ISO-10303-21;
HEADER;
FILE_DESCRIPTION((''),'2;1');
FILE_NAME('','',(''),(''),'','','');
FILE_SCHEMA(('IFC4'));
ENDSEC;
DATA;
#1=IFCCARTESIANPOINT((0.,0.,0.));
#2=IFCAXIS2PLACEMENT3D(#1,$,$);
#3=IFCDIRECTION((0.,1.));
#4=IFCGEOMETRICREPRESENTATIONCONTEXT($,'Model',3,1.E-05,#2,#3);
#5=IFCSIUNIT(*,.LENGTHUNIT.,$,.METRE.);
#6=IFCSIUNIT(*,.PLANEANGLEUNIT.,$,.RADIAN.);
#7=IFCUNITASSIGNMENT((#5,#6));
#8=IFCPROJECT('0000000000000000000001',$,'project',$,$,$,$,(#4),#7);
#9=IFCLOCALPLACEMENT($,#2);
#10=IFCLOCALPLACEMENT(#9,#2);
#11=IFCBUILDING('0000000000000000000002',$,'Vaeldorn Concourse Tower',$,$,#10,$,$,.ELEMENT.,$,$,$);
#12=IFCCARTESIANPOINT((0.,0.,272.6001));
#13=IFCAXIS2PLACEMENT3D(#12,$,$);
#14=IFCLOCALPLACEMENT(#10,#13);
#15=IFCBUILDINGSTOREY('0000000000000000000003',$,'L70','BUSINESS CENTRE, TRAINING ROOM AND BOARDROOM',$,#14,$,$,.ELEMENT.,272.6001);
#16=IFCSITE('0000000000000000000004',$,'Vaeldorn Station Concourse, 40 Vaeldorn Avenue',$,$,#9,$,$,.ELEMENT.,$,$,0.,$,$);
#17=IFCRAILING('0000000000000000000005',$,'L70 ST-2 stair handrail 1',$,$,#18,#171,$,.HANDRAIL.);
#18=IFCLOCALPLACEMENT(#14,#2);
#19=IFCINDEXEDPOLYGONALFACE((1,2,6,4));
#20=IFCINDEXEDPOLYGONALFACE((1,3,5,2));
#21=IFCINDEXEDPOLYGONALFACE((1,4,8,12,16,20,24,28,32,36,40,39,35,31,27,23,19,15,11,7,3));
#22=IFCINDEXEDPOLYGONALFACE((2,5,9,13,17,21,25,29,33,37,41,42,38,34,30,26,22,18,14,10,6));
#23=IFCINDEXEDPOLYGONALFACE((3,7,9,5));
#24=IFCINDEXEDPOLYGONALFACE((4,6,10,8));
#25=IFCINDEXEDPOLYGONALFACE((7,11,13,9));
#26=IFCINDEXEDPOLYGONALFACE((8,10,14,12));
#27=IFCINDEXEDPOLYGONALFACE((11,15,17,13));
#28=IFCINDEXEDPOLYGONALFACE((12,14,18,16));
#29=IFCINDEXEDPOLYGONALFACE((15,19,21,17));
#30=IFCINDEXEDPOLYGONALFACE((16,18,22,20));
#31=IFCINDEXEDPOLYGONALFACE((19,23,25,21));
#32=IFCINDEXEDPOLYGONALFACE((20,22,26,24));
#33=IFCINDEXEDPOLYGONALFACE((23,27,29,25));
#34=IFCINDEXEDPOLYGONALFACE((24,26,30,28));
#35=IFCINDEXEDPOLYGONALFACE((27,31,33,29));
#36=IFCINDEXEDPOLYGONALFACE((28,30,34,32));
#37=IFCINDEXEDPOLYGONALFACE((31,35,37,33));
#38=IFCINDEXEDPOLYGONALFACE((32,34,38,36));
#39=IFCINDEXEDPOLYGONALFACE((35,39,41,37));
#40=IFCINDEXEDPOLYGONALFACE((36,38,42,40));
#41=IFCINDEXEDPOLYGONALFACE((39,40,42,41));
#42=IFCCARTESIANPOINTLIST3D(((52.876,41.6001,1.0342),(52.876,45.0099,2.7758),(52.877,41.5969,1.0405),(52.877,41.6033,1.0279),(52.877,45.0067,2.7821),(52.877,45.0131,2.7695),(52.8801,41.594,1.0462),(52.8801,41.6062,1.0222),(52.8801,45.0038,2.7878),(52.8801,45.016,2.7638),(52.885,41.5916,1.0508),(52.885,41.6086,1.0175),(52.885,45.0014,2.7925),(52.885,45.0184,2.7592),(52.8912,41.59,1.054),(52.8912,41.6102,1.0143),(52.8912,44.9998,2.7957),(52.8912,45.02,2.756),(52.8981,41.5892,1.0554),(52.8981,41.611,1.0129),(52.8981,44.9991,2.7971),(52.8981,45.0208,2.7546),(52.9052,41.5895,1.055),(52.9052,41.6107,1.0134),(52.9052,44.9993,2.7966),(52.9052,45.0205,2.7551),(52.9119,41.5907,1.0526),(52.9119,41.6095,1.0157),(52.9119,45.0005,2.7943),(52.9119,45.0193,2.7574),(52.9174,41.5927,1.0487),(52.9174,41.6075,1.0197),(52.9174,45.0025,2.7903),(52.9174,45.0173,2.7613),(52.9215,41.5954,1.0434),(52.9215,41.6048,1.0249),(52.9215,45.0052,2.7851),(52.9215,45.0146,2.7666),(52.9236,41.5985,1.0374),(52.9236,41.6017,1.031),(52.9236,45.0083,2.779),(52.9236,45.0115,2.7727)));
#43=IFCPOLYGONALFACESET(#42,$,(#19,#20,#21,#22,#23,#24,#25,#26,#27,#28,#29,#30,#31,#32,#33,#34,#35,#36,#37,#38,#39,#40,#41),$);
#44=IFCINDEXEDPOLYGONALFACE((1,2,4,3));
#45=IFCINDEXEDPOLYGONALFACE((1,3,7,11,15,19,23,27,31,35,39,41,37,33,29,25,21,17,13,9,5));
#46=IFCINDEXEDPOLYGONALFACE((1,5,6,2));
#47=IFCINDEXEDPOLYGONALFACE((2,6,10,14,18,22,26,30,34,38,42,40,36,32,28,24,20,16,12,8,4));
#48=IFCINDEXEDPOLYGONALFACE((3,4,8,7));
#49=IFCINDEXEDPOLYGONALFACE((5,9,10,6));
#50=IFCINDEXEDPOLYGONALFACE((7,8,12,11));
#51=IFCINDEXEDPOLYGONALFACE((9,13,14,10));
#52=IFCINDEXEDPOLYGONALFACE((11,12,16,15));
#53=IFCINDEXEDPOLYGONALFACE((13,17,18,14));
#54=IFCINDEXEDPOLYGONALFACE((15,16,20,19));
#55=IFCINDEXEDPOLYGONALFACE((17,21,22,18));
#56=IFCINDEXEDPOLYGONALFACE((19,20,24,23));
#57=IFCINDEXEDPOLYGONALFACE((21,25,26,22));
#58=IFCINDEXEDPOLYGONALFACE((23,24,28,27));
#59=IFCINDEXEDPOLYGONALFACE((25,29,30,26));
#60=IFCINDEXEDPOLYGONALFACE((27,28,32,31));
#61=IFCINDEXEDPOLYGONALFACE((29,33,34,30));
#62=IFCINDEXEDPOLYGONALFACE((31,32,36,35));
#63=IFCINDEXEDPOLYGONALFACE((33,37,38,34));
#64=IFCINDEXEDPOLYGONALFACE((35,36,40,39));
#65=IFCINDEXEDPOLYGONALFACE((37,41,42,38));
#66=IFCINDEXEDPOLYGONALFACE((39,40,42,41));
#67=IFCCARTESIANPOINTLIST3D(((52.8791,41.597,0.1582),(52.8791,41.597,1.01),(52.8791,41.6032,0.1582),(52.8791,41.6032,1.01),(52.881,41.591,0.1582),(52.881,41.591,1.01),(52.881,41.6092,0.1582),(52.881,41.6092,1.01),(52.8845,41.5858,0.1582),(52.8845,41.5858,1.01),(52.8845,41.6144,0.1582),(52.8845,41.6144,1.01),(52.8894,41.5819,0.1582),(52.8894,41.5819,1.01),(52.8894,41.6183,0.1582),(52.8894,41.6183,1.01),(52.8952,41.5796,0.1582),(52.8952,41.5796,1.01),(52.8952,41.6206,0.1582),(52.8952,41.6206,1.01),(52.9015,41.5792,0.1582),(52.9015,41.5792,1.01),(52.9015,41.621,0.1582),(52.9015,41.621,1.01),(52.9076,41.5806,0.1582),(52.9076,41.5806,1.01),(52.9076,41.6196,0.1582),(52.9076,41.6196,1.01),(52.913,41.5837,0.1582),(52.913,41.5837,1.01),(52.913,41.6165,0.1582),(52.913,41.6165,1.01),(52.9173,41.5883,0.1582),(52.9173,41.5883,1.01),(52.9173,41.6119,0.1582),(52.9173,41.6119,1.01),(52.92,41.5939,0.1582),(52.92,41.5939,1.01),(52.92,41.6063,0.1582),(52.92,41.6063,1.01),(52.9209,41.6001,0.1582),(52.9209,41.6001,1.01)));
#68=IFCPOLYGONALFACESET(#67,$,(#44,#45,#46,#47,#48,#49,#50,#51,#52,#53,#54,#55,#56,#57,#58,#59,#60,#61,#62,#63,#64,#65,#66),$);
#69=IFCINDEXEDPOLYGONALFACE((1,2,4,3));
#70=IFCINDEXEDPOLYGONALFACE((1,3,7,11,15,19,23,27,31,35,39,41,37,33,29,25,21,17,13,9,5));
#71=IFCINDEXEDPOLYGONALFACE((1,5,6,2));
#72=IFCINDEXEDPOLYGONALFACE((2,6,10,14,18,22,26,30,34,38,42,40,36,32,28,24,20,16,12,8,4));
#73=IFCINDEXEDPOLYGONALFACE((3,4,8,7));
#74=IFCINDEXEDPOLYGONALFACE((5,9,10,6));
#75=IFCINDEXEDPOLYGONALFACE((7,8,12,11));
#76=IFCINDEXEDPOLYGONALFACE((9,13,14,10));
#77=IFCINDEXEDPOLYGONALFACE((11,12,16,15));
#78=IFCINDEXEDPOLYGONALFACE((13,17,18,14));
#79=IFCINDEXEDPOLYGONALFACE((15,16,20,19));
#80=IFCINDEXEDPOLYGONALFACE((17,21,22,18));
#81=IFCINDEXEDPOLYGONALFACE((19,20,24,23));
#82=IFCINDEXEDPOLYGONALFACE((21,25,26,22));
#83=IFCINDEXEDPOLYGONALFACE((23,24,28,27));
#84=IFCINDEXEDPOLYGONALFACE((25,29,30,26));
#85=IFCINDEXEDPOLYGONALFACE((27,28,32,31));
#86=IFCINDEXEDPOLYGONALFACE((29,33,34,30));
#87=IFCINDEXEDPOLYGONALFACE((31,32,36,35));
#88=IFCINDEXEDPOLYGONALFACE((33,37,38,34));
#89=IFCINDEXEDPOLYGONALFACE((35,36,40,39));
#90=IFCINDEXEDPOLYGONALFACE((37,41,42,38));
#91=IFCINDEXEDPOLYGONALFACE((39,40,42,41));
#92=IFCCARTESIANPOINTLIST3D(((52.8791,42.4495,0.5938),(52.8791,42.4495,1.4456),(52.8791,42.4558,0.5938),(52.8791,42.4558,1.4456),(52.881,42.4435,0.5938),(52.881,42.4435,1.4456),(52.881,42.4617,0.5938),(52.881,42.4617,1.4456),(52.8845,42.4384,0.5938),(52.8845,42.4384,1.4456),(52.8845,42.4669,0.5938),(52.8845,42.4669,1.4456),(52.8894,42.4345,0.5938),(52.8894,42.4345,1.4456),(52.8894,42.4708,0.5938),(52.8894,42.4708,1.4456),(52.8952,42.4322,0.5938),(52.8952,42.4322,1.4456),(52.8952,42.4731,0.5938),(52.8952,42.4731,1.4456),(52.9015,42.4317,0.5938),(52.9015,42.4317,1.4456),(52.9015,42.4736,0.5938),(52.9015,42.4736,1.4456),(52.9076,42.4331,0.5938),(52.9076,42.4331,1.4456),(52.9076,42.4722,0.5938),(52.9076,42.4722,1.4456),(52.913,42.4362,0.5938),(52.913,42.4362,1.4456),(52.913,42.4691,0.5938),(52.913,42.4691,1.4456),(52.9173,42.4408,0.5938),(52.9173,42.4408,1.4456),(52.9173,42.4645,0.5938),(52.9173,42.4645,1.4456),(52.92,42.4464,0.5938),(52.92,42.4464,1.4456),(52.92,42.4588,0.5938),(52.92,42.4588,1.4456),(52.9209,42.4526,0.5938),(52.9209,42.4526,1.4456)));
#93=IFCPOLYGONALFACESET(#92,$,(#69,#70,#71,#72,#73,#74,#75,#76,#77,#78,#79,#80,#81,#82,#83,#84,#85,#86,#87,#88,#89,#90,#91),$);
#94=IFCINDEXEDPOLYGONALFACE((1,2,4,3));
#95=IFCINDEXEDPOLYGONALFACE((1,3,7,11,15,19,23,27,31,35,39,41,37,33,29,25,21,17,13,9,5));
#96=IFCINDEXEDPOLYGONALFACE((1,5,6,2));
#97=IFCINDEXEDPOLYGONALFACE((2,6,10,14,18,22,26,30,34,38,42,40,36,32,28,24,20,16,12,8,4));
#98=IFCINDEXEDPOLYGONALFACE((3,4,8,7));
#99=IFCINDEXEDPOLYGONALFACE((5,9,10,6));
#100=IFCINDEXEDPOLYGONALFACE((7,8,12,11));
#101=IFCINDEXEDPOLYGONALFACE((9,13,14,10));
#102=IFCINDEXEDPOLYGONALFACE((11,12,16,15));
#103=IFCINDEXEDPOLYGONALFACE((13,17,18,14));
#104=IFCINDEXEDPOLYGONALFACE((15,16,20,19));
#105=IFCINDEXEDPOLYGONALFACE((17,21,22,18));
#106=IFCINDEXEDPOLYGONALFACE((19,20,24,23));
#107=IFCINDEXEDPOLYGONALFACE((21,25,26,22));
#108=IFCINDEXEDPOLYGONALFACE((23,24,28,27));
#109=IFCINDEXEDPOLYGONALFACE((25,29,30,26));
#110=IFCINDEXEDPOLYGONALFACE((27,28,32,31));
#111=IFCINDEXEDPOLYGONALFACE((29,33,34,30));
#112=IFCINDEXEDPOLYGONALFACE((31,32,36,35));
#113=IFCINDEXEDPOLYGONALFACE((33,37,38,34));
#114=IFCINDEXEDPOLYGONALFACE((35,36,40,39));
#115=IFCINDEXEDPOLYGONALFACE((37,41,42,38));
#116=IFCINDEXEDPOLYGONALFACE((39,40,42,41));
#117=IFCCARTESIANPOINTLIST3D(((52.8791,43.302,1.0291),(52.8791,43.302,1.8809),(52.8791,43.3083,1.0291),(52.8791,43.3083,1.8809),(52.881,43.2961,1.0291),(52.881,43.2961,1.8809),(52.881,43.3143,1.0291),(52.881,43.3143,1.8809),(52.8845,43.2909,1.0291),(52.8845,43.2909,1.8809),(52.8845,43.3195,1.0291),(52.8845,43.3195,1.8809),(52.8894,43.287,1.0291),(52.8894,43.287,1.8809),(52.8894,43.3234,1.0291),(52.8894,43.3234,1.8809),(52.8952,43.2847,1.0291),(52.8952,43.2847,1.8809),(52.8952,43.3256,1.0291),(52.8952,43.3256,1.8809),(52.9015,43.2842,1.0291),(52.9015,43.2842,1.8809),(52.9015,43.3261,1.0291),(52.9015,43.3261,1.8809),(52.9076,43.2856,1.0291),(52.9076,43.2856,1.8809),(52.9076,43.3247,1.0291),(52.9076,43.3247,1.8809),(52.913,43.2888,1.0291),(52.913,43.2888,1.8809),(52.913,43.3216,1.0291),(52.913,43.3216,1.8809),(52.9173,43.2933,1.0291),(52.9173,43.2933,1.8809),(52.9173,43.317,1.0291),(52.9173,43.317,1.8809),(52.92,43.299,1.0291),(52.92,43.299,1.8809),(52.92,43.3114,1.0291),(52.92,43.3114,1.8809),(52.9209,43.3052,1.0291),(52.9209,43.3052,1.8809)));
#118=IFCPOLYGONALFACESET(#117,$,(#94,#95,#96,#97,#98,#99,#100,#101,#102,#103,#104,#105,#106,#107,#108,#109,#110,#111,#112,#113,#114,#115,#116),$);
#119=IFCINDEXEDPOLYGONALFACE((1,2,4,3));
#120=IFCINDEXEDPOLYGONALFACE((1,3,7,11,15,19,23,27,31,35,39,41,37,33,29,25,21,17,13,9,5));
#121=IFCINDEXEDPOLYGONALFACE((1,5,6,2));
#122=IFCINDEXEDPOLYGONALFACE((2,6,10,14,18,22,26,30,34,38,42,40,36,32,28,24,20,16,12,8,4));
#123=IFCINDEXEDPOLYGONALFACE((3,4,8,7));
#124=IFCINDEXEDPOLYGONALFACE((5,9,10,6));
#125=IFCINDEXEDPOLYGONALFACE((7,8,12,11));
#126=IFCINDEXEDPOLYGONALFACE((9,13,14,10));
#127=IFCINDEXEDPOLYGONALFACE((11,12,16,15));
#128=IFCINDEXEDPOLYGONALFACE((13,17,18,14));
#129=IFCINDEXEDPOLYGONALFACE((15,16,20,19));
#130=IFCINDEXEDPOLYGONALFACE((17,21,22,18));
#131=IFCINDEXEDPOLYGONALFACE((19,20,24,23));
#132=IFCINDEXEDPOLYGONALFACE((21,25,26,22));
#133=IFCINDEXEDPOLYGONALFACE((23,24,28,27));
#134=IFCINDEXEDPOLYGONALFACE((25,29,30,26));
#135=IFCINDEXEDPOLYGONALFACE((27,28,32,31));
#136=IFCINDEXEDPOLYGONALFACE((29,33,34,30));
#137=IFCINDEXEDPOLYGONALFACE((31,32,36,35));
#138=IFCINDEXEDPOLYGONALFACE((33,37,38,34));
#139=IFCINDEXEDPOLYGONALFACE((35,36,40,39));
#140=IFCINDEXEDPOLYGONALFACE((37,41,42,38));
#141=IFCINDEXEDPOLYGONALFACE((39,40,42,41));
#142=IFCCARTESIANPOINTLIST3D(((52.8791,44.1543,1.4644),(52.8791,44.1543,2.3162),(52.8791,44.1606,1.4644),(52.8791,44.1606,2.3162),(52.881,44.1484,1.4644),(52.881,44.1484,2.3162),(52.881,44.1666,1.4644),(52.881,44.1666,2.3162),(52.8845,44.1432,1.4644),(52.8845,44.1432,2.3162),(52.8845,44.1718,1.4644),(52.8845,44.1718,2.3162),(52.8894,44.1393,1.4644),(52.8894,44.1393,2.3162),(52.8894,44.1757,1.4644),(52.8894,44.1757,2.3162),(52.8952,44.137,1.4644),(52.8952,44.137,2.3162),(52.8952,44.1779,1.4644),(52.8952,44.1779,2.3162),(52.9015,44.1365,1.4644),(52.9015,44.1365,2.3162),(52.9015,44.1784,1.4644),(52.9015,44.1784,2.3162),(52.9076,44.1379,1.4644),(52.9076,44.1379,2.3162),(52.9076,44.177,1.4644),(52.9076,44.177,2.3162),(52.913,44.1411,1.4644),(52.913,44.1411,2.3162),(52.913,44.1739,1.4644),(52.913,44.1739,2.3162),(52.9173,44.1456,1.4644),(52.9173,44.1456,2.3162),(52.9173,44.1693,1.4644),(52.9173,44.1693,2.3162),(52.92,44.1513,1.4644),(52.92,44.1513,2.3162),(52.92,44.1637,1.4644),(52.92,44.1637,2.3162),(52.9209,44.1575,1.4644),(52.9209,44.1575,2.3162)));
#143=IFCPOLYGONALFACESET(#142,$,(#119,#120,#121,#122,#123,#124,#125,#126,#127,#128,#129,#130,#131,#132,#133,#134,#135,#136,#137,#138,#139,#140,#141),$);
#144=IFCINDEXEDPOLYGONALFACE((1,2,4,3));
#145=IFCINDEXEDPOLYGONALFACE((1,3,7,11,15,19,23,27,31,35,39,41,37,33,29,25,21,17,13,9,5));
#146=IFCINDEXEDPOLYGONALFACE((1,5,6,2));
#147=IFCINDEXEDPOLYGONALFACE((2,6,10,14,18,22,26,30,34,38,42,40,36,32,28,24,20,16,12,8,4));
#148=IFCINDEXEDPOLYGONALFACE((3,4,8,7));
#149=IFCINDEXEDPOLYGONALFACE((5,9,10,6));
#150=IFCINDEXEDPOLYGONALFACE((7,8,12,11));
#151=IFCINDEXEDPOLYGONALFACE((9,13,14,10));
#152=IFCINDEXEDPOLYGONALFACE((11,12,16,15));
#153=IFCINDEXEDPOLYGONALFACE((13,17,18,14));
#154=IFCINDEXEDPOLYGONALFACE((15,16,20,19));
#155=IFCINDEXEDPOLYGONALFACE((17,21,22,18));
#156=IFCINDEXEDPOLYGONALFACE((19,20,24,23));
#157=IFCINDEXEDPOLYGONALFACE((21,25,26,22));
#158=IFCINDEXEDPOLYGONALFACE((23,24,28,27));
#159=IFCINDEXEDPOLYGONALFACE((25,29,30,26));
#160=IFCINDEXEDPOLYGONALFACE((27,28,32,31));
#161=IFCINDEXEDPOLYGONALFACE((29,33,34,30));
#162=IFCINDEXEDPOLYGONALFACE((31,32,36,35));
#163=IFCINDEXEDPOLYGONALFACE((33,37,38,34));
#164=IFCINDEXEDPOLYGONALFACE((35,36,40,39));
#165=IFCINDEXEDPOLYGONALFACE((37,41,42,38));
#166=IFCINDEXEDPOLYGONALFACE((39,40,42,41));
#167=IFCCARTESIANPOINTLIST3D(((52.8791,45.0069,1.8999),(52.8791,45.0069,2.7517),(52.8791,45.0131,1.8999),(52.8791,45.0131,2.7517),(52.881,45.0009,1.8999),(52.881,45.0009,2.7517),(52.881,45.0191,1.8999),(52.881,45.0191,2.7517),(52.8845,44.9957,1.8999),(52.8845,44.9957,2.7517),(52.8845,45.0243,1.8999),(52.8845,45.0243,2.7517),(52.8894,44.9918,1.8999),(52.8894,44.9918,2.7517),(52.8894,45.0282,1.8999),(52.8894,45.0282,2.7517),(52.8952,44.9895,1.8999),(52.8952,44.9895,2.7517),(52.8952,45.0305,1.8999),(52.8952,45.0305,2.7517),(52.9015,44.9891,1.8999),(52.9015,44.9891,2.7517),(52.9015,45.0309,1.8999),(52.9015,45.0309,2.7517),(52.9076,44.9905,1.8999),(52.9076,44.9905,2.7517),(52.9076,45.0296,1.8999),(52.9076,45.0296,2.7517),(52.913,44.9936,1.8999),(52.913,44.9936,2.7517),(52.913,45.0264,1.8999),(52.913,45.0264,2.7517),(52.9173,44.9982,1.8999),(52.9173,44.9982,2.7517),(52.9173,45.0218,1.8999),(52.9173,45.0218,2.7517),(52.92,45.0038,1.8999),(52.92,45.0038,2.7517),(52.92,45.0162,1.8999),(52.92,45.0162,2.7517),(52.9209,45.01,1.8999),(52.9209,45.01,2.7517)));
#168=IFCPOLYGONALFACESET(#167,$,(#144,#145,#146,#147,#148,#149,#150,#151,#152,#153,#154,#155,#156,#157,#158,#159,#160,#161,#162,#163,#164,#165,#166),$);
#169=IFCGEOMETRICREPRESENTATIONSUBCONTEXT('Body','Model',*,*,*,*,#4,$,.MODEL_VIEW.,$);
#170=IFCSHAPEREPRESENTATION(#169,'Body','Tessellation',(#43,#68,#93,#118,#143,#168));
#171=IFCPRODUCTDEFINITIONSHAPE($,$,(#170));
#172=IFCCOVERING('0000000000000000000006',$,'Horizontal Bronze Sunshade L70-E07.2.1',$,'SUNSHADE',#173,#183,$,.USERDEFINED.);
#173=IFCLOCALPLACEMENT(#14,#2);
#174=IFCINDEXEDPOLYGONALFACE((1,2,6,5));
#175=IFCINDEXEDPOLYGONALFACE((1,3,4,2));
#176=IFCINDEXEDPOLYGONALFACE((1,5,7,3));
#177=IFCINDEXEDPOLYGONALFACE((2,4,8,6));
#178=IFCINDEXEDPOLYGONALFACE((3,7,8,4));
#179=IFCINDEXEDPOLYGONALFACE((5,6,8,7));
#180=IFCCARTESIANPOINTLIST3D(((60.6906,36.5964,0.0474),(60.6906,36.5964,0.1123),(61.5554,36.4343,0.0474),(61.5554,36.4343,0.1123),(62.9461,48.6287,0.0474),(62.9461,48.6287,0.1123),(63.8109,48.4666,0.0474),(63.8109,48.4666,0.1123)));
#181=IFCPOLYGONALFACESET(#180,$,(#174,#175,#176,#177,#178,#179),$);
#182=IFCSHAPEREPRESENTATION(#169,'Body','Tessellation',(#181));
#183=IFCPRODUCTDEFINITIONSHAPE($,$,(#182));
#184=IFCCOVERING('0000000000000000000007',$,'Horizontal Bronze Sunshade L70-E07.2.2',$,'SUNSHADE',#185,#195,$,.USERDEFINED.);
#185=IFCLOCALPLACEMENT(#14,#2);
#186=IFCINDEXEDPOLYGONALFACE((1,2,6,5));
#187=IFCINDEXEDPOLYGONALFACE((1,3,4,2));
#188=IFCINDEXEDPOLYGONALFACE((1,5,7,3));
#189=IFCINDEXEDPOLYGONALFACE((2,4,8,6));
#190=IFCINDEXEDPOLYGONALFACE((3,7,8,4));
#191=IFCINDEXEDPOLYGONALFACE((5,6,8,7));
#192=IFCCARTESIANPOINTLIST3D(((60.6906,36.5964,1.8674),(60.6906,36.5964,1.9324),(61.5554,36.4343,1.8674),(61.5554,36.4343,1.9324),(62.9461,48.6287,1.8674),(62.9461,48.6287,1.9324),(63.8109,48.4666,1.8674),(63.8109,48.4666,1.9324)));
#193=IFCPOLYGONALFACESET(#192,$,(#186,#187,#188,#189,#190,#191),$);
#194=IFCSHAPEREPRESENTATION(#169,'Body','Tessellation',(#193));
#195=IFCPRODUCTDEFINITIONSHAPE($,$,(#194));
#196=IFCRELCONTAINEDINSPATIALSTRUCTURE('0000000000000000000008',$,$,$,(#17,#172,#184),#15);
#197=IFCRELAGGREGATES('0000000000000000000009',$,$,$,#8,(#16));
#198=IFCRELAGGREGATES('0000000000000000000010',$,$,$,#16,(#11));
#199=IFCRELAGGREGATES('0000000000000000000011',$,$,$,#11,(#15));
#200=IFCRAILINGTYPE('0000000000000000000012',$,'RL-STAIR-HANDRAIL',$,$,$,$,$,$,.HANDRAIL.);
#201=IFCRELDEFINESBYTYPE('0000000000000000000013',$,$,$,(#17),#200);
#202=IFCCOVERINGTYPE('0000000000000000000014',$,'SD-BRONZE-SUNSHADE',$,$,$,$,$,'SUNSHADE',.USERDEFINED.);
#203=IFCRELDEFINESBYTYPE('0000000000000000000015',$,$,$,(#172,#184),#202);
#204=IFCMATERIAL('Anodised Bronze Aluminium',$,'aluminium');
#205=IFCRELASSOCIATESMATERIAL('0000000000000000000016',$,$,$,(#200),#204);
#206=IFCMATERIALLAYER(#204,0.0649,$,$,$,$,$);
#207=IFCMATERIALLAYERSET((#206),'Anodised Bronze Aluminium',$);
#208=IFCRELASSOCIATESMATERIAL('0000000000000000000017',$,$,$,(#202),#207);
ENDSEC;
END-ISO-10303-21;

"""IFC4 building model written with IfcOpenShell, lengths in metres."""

from ifc_helpers import new_model, si_unit, direction, frame, origin, origin_2d, place, context, subcontext, project, spatial, rectangle, circle, extrude, source, transform, mapped, material, layer, layer_set, type_object, element, save


model = new_model("IFC4")

# Units and contexts
model_context = context("Model", 3, precision=1e-05, world=origin(), true_north=direction((0.0, 1.0)))
body_context = subcontext(model_context, "Body", "Model", "MODEL_VIEW")
ifc_project = project(units=[si_unit("LENGTHUNIT", "METRE"), si_unit("PLANEANGLEUNIT", "RADIAN")], contexts=[model_context])

# Site, building, storey
site_placement = place(None, origin())
site = spatial("IfcSite", under=ifc_project, at=site_placement, Name="Vaeldorn Station Concourse, 40 Vaeldorn Avenue", CompositionType="ELEMENT", RefElevation=0.0)
building_placement = place(site_placement, origin())
building = spatial("IfcBuilding", under=site, at=building_placement, Name="Vaeldorn Concourse Tower", CompositionType="ELEMENT")
storey_placement = place(building_placement, frame((0.0, 0.0, 272.6001)))
storey = spatial("IfcBuildingStorey", under=building, at=storey_placement, Name="L70", Description="BUSINESS CENTRE, TRAINING ROOM AND BOARDROOM", CompositionType="ELEMENT", Elevation=272.6001)

# Shared definitions
ifc_material_1 = material(Name="Anodised Bronze Aluminium", Category="aluminium")

# Railing
railing_type_1 = type_object("IfcRailingType", Name="RL-STAIR-HANDRAIL", PredefinedType="HANDRAIL", material=ifc_material_1)
railing_1_placement = place(storey_placement, frame((52.8999, 41.6001, 0.1582)))
element("IfcRailing", 1, at=railing_1_placement, inside=storey, type_object=railing_type_1, Name="L70 ST-2 stair handrail 1", PredefinedType="HANDRAIL", context=body_context, shape_type="SweptSolid", body=[
    extrude(circle(Radius=0.0239, at=origin_2d()), frame((0.0, 0.0, 0.876), z_axis=(0.0, 0.890556, 0.454874), x_axis=(-1.0, 0.0, 0.0)), (0.0, 0.0, 1.0), 3.8289),
    extrude(circle(Radius=0.021, at=origin_2d()), origin(), (0.0, 0.0, 1.0), 0.8518),
    extrude(circle(Radius=0.021, at=origin_2d()), frame((0.0, 0.8525, 0.4355)), (0.0, 0.0, 1.0), 0.8518),
    extrude(circle(Radius=0.021, at=origin_2d()), frame((0.0, 1.7051, 0.8708)), (0.0, 0.0, 1.0), 0.8518),
    extrude(circle(Radius=0.021, at=origin_2d()), frame((0.0, 2.5574, 1.3062)), (0.0, 0.0, 1.0), 0.8518),
    extrude(circle(Radius=0.021, at=origin_2d()), frame((0.0, 3.4099, 1.7417)), (0.0, 0.0, 1.0), 0.8518),
])

# Coverings
ifc_layer_1 = layer(ifc_material_1, 0.0649)
ifc_layer_set_1 = layer_set([ifc_layer_1], Name="Anodised Bronze Aluminium")
covering_type = type_object("IfcCoveringType", Name="SD-BRONZE-SUNSHADE", ElementType="SUNSHADE", PredefinedType="USERDEFINED", material=ifc_layer_set_1)
shared_shape_1 = source(origin(), body_context, "Body", "SweptSolid", [
    extrude(rectangle(XDim=12.2419, YDim=0.8799, at=origin_2d()), origin(), (0.0, 0.0, 1.0), 0.0649),
])
for number, where, z_axis, x_axis, name in (
    (2, (62.2507, 42.5315, 0.0474), (0.0, 0.0, 1.0), (0.184243, 0.982881, 0.0), "Horizontal Bronze Sunshade L70-E07.2.1"),
    (3, (62.2507, 42.5315, 1.8674), (0.0, 0.0, 1.0), (0.184243, 0.982881, 0.0), "Horizontal Bronze Sunshade L70-E07.2.2"),
):
    element("IfcCovering", number, at=place(storey_placement, frame(where, z_axis=z_axis, x_axis=x_axis)), inside=storey, type_object=covering_type, Name=name, ObjectType="SUNSHADE", PredefinedType="USERDEFINED", context=body_context, shape_type="MappedRepresentation", body=[
        mapped(shared_shape_1, transform((0.0, 0.0, 0.0), scale=1.0)),
    ])

save(model, "model.ifc")
